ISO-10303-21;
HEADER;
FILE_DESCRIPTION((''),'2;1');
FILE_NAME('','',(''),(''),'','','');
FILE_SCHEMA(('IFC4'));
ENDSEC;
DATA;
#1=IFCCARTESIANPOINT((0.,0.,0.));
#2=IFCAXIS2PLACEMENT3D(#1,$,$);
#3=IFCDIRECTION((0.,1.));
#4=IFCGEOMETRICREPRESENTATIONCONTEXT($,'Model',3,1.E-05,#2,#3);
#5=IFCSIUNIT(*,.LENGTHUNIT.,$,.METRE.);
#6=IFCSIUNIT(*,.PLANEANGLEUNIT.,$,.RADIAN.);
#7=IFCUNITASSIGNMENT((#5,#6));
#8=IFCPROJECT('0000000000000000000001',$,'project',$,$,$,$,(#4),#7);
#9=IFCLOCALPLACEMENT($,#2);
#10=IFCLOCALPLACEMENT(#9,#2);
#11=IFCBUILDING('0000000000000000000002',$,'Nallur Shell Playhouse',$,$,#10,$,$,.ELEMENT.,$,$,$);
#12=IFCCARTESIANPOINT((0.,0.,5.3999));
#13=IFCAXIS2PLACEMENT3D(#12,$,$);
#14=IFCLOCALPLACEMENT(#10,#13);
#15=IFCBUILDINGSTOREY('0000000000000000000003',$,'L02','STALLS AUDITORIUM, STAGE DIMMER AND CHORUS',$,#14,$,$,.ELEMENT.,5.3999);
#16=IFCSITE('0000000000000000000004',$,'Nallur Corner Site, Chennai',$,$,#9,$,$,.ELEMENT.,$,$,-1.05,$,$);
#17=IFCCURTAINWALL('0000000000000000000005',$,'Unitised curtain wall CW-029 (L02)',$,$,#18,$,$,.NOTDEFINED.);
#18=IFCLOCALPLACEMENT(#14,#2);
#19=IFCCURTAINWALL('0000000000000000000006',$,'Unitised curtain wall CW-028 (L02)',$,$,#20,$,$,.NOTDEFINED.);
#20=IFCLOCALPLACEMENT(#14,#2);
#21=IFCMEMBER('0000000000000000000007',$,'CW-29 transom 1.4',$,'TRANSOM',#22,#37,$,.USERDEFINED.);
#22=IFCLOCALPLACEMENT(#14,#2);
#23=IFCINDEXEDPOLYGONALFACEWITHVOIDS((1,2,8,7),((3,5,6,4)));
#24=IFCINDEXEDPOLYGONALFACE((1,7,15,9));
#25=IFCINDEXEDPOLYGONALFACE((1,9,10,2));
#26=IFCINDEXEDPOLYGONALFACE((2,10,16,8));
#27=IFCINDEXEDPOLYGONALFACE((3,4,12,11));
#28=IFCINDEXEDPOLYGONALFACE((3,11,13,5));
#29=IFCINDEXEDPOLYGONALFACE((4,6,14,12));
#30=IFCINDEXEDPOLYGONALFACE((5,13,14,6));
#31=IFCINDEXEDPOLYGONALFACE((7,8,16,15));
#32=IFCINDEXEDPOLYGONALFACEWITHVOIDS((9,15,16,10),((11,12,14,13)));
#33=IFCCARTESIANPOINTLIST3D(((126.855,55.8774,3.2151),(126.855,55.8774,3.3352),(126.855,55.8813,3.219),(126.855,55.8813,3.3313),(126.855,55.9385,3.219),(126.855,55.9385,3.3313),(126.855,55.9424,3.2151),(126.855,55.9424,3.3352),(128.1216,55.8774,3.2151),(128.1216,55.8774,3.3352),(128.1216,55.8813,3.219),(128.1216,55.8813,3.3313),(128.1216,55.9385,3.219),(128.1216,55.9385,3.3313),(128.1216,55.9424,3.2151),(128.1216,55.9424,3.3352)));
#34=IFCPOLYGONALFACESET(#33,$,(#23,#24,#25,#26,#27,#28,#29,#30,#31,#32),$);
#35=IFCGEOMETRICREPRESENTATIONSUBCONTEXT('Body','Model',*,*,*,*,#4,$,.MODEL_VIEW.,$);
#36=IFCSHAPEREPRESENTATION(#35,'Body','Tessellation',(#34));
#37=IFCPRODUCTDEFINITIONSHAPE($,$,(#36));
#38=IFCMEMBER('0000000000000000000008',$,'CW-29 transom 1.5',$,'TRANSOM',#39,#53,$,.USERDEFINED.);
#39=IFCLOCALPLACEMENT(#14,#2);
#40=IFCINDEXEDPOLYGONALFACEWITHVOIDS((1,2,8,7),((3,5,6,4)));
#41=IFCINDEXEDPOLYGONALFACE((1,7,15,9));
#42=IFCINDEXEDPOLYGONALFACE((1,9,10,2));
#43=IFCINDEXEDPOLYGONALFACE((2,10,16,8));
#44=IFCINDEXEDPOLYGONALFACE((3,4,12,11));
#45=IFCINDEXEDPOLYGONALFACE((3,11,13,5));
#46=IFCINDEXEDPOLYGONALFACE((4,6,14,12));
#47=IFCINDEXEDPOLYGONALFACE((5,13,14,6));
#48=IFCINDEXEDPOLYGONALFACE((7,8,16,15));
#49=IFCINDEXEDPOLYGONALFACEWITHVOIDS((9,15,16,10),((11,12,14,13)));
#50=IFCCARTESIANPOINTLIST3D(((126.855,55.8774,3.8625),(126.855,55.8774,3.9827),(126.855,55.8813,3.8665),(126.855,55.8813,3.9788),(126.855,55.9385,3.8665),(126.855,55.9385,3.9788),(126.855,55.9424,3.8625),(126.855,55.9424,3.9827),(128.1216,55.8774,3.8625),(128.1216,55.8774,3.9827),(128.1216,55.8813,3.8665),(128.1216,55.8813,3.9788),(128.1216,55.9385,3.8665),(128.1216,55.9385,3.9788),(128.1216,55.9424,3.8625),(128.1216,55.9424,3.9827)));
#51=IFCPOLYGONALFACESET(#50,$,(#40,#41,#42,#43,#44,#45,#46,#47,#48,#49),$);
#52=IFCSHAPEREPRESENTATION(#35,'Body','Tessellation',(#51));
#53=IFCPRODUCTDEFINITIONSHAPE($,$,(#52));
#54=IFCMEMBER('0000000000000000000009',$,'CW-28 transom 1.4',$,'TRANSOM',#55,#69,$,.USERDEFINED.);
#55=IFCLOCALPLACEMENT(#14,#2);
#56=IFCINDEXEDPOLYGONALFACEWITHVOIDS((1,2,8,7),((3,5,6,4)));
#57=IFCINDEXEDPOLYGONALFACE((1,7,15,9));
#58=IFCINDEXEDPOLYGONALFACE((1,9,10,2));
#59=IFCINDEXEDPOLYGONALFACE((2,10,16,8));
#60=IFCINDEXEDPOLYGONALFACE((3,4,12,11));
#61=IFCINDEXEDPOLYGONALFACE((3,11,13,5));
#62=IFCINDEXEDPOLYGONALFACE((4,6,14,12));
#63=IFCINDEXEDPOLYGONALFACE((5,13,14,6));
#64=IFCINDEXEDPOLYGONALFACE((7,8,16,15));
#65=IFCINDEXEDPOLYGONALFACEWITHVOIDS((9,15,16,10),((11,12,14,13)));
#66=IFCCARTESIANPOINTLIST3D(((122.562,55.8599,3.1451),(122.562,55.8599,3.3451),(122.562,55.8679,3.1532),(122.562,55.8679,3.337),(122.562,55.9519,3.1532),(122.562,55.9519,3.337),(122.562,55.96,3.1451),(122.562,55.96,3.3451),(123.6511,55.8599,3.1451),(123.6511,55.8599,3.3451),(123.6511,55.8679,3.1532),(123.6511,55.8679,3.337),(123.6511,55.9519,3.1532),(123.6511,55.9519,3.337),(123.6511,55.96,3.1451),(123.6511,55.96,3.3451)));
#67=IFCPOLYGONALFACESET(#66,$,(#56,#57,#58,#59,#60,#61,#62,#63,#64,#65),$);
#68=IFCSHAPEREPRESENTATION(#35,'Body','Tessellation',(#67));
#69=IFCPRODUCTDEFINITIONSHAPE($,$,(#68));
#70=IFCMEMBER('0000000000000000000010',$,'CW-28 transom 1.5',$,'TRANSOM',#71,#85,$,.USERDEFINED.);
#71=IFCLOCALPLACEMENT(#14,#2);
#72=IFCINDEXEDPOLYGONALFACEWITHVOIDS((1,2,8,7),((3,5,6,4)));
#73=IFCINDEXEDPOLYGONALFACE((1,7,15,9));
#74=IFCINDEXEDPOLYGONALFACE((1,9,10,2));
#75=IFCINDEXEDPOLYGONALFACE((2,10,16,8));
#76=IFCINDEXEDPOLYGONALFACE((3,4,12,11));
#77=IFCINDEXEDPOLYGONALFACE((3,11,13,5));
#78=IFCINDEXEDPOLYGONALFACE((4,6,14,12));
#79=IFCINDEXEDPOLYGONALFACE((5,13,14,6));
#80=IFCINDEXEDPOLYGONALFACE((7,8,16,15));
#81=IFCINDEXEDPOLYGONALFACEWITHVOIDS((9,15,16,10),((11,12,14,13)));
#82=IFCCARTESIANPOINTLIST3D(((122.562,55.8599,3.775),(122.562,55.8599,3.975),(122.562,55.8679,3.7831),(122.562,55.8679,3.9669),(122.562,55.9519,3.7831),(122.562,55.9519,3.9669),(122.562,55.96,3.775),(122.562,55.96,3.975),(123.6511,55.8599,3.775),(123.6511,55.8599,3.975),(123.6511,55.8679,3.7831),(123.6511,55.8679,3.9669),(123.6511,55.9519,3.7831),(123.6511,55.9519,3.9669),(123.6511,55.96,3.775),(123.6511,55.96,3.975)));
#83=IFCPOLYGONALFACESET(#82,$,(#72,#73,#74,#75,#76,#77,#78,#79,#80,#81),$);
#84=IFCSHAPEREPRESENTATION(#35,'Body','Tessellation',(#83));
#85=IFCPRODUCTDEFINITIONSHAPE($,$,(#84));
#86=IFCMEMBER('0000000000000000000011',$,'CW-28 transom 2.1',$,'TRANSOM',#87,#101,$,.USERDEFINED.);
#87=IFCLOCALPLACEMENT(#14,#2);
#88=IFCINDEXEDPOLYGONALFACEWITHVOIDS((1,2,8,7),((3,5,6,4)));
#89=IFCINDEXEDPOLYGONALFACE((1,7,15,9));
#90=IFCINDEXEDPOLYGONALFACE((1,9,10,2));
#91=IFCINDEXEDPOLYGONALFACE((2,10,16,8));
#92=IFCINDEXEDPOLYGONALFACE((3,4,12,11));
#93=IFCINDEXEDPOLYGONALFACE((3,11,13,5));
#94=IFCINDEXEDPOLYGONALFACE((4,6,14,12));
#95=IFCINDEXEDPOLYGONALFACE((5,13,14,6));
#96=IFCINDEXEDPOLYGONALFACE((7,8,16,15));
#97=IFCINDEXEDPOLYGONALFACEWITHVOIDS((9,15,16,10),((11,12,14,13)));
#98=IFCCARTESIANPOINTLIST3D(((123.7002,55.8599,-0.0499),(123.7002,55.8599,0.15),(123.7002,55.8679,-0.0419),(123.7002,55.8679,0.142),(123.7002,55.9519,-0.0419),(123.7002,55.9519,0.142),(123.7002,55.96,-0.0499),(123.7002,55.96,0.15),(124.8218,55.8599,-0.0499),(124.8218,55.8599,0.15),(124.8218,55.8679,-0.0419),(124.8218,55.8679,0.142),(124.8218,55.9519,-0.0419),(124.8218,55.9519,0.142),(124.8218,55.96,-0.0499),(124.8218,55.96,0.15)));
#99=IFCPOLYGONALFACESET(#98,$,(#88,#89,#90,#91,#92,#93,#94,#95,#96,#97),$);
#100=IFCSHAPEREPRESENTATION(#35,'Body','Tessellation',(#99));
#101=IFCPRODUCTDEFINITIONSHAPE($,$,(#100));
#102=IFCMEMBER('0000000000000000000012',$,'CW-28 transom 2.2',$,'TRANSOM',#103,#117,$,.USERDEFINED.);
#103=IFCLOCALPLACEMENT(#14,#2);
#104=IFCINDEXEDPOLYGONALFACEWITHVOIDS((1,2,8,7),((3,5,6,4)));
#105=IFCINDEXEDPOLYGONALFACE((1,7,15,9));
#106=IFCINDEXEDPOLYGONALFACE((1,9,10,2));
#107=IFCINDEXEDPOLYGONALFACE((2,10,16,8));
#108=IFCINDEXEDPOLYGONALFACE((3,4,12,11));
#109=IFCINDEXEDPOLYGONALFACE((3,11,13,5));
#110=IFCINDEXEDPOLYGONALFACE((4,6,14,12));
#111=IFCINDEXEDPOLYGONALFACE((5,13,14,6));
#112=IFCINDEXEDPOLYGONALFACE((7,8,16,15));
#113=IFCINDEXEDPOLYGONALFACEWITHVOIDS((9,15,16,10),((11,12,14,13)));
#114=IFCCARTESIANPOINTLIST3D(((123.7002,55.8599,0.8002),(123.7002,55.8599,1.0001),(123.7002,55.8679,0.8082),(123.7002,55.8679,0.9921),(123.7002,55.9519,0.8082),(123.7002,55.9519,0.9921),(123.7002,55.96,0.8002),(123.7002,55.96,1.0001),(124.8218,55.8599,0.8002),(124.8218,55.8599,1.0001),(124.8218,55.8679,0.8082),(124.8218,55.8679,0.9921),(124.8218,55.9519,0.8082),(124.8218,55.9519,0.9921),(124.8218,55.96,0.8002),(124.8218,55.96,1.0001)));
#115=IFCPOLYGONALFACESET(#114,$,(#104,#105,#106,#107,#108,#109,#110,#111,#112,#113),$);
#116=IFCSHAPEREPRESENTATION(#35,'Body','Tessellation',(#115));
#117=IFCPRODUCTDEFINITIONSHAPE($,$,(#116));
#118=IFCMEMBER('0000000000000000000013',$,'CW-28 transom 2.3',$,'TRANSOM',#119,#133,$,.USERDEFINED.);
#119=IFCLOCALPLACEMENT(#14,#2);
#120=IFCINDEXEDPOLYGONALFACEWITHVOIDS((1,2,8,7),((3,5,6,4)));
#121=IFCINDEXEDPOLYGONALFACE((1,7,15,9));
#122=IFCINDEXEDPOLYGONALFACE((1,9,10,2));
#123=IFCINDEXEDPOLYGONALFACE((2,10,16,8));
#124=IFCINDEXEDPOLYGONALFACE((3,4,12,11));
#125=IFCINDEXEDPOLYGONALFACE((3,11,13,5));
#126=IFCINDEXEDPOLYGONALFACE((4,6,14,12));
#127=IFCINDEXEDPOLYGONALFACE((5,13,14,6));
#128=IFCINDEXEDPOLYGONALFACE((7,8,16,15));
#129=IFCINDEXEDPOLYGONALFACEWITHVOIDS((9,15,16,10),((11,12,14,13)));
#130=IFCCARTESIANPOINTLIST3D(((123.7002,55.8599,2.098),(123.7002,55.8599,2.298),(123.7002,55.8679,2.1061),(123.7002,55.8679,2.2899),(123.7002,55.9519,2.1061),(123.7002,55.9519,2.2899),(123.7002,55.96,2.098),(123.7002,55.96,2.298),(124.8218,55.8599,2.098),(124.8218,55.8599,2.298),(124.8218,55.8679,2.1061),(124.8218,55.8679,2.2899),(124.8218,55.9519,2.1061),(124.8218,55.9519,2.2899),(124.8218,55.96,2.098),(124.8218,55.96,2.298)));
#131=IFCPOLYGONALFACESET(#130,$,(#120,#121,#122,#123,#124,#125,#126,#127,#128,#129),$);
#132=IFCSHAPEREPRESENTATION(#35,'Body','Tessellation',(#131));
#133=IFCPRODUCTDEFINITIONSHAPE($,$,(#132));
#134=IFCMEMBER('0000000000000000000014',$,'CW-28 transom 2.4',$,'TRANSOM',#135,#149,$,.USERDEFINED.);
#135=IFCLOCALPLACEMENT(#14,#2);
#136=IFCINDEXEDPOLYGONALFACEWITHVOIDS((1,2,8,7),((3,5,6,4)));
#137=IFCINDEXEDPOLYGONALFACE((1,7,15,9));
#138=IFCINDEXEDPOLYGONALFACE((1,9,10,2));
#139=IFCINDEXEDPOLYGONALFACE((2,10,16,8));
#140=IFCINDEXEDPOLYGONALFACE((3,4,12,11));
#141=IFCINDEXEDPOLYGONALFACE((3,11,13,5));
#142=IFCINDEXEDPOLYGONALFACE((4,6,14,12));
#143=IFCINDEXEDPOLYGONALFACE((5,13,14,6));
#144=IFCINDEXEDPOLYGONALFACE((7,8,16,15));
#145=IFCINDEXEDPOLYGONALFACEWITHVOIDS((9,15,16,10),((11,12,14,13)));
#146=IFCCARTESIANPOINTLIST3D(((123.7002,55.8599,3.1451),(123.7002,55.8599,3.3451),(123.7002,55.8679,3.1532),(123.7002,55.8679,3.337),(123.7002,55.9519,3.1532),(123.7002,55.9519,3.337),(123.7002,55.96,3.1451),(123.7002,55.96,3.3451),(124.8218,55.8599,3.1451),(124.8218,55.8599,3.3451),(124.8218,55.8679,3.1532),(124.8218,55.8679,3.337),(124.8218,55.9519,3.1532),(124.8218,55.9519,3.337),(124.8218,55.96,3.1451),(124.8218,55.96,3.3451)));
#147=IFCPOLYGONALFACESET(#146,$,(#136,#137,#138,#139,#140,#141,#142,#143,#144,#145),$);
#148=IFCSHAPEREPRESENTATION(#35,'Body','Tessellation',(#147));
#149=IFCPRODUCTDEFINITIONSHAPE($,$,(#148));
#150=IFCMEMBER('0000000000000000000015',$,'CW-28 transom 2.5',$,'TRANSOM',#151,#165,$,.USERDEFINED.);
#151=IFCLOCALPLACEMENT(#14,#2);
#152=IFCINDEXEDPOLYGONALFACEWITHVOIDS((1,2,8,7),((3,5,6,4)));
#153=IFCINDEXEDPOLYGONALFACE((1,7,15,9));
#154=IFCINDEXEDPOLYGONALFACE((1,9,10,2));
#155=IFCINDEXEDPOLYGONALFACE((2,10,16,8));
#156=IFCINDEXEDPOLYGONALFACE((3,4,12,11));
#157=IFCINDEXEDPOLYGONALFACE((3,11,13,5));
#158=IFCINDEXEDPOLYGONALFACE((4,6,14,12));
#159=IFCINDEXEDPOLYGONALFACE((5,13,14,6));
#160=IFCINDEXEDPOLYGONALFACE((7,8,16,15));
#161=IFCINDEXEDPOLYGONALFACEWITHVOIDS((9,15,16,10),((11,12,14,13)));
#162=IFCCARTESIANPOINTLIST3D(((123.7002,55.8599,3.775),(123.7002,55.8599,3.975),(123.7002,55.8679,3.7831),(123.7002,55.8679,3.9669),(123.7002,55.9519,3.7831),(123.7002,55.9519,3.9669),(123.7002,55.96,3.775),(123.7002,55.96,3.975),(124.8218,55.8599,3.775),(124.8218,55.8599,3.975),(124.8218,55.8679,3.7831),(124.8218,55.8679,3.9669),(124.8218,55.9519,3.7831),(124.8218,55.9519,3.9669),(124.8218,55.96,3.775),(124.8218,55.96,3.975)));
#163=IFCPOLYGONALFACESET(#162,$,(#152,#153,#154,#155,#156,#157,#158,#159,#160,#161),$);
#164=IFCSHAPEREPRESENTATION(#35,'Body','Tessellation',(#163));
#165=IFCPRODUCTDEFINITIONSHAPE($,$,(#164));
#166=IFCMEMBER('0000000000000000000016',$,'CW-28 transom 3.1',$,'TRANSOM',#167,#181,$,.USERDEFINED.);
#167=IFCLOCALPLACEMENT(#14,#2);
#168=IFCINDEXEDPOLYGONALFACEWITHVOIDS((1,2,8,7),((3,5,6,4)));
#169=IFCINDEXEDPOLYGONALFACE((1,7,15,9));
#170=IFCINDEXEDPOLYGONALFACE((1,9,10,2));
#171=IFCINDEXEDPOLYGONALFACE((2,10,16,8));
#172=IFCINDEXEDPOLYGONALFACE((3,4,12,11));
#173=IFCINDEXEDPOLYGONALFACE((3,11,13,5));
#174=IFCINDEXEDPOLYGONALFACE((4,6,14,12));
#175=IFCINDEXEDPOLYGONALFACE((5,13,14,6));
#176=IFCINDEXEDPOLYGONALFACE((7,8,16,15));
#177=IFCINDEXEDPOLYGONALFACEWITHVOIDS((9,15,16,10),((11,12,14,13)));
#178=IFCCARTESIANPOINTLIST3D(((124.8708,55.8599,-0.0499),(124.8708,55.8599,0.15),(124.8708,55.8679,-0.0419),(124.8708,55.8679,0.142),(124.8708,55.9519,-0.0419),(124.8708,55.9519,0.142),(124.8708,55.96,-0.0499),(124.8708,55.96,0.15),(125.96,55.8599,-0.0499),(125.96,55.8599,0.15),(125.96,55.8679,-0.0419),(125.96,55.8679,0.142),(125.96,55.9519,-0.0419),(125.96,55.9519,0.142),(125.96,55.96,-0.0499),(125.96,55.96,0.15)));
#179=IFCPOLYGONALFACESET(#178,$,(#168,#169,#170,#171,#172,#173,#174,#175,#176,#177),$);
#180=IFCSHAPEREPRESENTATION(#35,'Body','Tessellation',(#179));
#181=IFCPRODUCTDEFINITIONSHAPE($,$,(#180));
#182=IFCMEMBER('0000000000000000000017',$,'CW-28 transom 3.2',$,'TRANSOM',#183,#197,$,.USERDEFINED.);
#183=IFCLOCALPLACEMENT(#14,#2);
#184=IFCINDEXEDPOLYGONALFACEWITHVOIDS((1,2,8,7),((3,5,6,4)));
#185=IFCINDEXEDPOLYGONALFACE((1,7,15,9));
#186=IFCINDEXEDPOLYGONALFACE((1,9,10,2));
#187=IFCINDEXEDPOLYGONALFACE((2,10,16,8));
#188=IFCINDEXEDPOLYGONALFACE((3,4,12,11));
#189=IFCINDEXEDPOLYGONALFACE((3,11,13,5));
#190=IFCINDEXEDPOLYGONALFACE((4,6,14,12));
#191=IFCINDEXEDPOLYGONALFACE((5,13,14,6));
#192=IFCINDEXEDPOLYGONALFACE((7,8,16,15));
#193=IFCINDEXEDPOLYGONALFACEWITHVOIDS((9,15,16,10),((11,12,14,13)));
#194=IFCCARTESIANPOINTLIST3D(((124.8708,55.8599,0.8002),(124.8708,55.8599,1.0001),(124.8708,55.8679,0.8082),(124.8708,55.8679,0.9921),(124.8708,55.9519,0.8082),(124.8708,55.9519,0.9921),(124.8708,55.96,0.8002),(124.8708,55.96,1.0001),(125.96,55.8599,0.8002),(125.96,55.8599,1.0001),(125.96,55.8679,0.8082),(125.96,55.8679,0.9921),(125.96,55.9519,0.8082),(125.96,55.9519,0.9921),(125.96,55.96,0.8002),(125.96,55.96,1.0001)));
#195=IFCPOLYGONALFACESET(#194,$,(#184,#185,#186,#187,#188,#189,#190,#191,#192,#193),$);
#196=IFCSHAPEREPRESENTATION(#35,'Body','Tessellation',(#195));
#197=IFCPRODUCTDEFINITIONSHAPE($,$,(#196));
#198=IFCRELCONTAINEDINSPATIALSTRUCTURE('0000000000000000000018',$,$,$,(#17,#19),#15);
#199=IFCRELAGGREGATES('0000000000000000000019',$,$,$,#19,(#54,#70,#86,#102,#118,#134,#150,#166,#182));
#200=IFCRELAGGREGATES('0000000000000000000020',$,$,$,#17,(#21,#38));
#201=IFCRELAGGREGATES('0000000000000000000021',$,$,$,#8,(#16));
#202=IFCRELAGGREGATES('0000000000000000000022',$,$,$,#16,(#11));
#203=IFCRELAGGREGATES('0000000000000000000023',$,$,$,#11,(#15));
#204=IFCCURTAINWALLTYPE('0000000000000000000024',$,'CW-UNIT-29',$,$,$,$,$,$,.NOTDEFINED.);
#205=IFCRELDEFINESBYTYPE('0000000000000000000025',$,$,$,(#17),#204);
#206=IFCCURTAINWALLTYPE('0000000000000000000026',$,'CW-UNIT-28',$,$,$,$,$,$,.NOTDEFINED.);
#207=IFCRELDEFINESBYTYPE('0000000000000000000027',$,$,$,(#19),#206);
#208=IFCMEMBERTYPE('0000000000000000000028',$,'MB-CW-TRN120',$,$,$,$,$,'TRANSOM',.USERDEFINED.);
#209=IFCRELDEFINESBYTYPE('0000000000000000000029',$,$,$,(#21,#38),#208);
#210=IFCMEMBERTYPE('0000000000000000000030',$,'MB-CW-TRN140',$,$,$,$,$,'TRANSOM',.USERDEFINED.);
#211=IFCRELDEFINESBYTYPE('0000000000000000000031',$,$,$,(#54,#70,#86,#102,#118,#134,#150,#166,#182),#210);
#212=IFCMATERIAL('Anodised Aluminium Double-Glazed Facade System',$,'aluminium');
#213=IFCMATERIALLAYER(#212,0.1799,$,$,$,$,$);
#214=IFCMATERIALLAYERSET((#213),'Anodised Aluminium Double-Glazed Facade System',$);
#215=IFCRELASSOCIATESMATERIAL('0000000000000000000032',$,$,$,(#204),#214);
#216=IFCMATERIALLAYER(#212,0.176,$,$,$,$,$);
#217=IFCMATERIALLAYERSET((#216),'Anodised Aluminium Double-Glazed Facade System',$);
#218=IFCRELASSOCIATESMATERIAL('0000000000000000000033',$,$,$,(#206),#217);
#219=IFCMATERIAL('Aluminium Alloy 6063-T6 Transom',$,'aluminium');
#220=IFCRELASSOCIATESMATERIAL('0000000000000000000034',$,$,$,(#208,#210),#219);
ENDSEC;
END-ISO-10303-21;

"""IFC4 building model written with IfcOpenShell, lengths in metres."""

from ifc_helpers import new_model, si_unit, direction, frame, origin, origin_2d, place, context, subcontext, project, spatial, hollow_rectangle, extrude, material, layer, layer_set, material_profile, profile_set, type_object, element, aggregate, save


model = new_model("IFC4")

# Units and contexts
model_context = context("Model", 3, precision=1e-05, world=origin(), true_north=direction((0.0, 1.0)))
body_context = subcontext(model_context, "Body", "Model", "MODEL_VIEW")
ifc_project = project(units=[si_unit("LENGTHUNIT", "METRE"), si_unit("PLANEANGLEUNIT", "RADIAN")], contexts=[model_context])

# Site, building, storey
site_placement = place(None, origin())
site = spatial("IfcSite", under=ifc_project, at=site_placement, Name="Nallur Corner Site, Chennai", CompositionType="ELEMENT", RefElevation=-1.05)
building_placement = place(site_placement, origin())
building = spatial("IfcBuilding", under=site, at=building_placement, Name="Nallur Shell Playhouse", CompositionType="ELEMENT")
storey_placement = place(building_placement, frame((0.0, 0.0, 5.3999)))
storey = spatial("IfcBuildingStorey", under=building, at=storey_placement, Name="L02", Description="STALLS AUDITORIUM, STAGE DIMMER AND CHORUS", CompositionType="ELEMENT", Elevation=5.3999)

# Curtain wall
ifc_material_1 = material(Name="Anodised Aluminium Double-Glazed Facade System", Category="aluminium")
ifc_layer_1 = layer(ifc_material_1, 0.1799)
ifc_layer_set_1 = layer_set([ifc_layer_1], Name="Anodised Aluminium Double-Glazed Facade System")
curtain_wall_type_1 = type_object("IfcCurtainWallType", Name="CW-UNIT-29", PredefinedType="NOTDEFINED", material=ifc_layer_set_1)
curtain_wall_1_placement = place(storey_placement, origin())
curtain_wall_1 = element("IfcCurtainWall", 1, at=curtain_wall_1_placement, inside=storey, type_object=curtain_wall_type_1, Name="Unitised curtain wall CW-029 (L02)", PredefinedType="NOTDEFINED")

# Curtain wall
ifc_layer_2 = layer(ifc_material_1, 0.176)
ifc_layer_set_2 = layer_set([ifc_layer_2], Name="Anodised Aluminium Double-Glazed Facade System")
curtain_wall_type_2 = type_object("IfcCurtainWallType", Name="CW-UNIT-28", PredefinedType="NOTDEFINED", material=ifc_layer_set_2)
curtain_wall_2_placement = place(storey_placement, origin())
curtain_wall_2 = element("IfcCurtainWall", 2, at=curtain_wall_2_placement, inside=storey, type_object=curtain_wall_type_2, Name="Unitised curtain wall CW-028 (L02)", PredefinedType="NOTDEFINED")

# Members
ifc_material_2 = material(Name="Aluminium Alloy 6063-T6 Transom", Category="aluminium")
ifc_material_profile_1 = material_profile(ifc_material_2, hollow_rectangle(XDim=0.0649, YDim=0.1201, WallThickness=0.0039, at=origin_2d()), Name="ALU 65x120x4")
ifc_profile_set_1 = profile_set([ifc_material_profile_1], Name="Aluminium Alloy 6063-T6 Transom")
member_type_1 = type_object("IfcMemberType", Name="MB-CW-TRN120", ElementType="TRANSOM", PredefinedType="USERDEFINED", material=ifc_profile_set_1)
member_1_placement = place(storey_placement, frame((126.855, 55.9099, 3.2751), z_axis=(1.0, 0.0, 0.0), x_axis=(0.0, 1.0, 0.0)))
member_1 = element("IfcMember", 3, at=member_1_placement, type_object=member_type_1, Name="CW-29 transom 1.4", ObjectType="TRANSOM", PredefinedType="USERDEFINED", context=body_context, shape_type="SweptSolid", body=[
    extrude(hollow_rectangle(XDim=0.0649, YDim=0.1201, WallThickness=0.0039, at=origin_2d()), origin(), (0.0, 0.0, 1.0), 1.2666),
])
member_2_placement = place(storey_placement, frame((126.855, 55.9099, 3.9226), z_axis=(1.0, 0.0, 0.0), x_axis=(0.0, 1.0, 0.0)))
member_2 = element("IfcMember", 4, at=member_2_placement, type_object=member_type_1, Name="CW-29 transom 1.5", ObjectType="TRANSOM", PredefinedType="USERDEFINED", context=body_context, shape_type="SweptSolid", body=[
    extrude(hollow_rectangle(XDim=0.0649, YDim=0.1201, WallThickness=0.0039, at=origin_2d()), origin(), (0.0, 0.0, 1.0), 1.2666),
])
ifc_material_profile_2 = material_profile(ifc_material_2, hollow_rectangle(XDim=0.1001, YDim=0.2, WallThickness=0.0081, at=origin_2d()), Name="RHS 200x100x8")
ifc_profile_set_2 = profile_set([ifc_material_profile_2], Name="Aluminium Alloy 6063-T6 Transom")
member_type_2 = type_object("IfcMemberType", Name="MB-CW-TRN140", ElementType="TRANSOM", PredefinedType="USERDEFINED", material=ifc_profile_set_2)
member_3_placement = place(storey_placement, frame((122.562, 55.9099, 3.2451), z_axis=(1.0, 0.0, 0.0), x_axis=(0.0, 1.0, 0.0)))
member_3 = element("IfcMember", 5, at=member_3_placement, type_object=member_type_2, Name="CW-28 transom 1.4", ObjectType="TRANSOM", PredefinedType="USERDEFINED", context=body_context, shape_type="SweptSolid", body=[
    extrude(hollow_rectangle(XDim=0.1001, YDim=0.2, WallThickness=0.0081, at=origin_2d()), origin(), (0.0, 0.0, 1.0), 1.0891),
])
member_4_placement = place(storey_placement, frame((122.562, 55.9099, 3.875), z_axis=(1.0, 0.0, 0.0), x_axis=(0.0, 1.0, 0.0)))
member_4 = element("IfcMember", 6, at=member_4_placement, type_object=member_type_2, Name="CW-28 transom 1.5", ObjectType="TRANSOM", PredefinedType="USERDEFINED", context=body_context, shape_type="SweptSolid", body=[
    extrude(hollow_rectangle(XDim=0.1001, YDim=0.2, WallThickness=0.0081, at=origin_2d()), origin(), (0.0, 0.0, 1.0), 1.0891),
])
member_5_placement = place(storey_placement, frame((123.7002, 55.9099, 0.05), z_axis=(1.0, 0.0, 0.0), x_axis=(0.0, 1.0, 0.0)))
member_5 = element("IfcMember", 7, at=member_5_placement, type_object=member_type_2, Name="CW-28 transom 2.1", ObjectType="TRANSOM", PredefinedType="USERDEFINED", context=body_context, shape_type="SweptSolid", body=[
    extrude(hollow_rectangle(XDim=0.1001, YDim=0.2, WallThickness=0.0081, at=origin_2d()), origin(), (0.0, 0.0, 1.0), 1.1216),
])
member_6_placement = place(storey_placement, frame((123.7002, 55.9099, 0.9001), z_axis=(1.0, 0.0, 0.0), x_axis=(0.0, 1.0, 0.0)))
member_6 = element("IfcMember", 8, at=member_6_placement, type_object=member_type_2, Name="CW-28 transom 2.2", ObjectType="TRANSOM", PredefinedType="USERDEFINED", context=body_context, shape_type="SweptSolid", body=[
    extrude(hollow_rectangle(XDim=0.1001, YDim=0.2, WallThickness=0.0081, at=origin_2d()), origin(), (0.0, 0.0, 1.0), 1.1216),
])
member_7_placement = place(storey_placement, frame((123.7002, 55.9099, 2.198), z_axis=(1.0, 0.0, 0.0), x_axis=(0.0, 1.0, 0.0)))
member_7 = element("IfcMember", 9, at=member_7_placement, type_object=member_type_2, Name="CW-28 transom 2.3", ObjectType="TRANSOM", PredefinedType="USERDEFINED", context=body_context, shape_type="SweptSolid", body=[
    extrude(hollow_rectangle(XDim=0.1001, YDim=0.2, WallThickness=0.0081, at=origin_2d()), origin(), (0.0, 0.0, 1.0), 1.1216),
])
member_8_placement = place(storey_placement, frame((123.7002, 55.9099, 3.2451), z_axis=(1.0, 0.0, 0.0), x_axis=(0.0, 1.0, 0.0)))
member_8 = element("IfcMember", 10, at=member_8_placement, type_object=member_type_2, Name="CW-28 transom 2.4", ObjectType="TRANSOM", PredefinedType="USERDEFINED", context=body_context, shape_type="SweptSolid", body=[
    extrude(hollow_rectangle(XDim=0.1001, YDim=0.2, WallThickness=0.0081, at=origin_2d()), origin(), (0.0, 0.0, 1.0), 1.1216),
])
member_9_placement = place(storey_placement, frame((123.7002, 55.9099, 3.875), z_axis=(1.0, 0.0, 0.0), x_axis=(0.0, 1.0, 0.0)))
member_9 = element("IfcMember", 11, at=member_9_placement, type_object=member_type_2, Name="CW-28 transom 2.5", ObjectType="TRANSOM", PredefinedType="USERDEFINED", context=body_context, shape_type="SweptSolid", body=[
    extrude(hollow_rectangle(XDim=0.1001, YDim=0.2, WallThickness=0.0081, at=origin_2d()), origin(), (0.0, 0.0, 1.0), 1.1216),
])
member_10_placement = place(storey_placement, frame((124.8708, 55.9099, 0.05), z_axis=(1.0, 0.0, 0.0), x_axis=(0.0, 1.0, 0.0)))
member_10 = element("IfcMember", 12, at=member_10_placement, type_object=member_type_2, Name="CW-28 transom 3.1", ObjectType="TRANSOM", PredefinedType="USERDEFINED", context=body_context, shape_type="SweptSolid", body=[
    extrude(hollow_rectangle(XDim=0.1001, YDim=0.2, WallThickness=0.0081, at=origin_2d()), origin(), (0.0, 0.0, 1.0), 1.0891),
])
member_11_placement = place(storey_placement, frame((124.8708, 55.9099, 0.9001), z_axis=(1.0, 0.0, 0.0), x_axis=(0.0, 1.0, 0.0)))
member_11 = element("IfcMember", 13, at=member_11_placement, type_object=member_type_2, Name="CW-28 transom 3.2", ObjectType="TRANSOM", PredefinedType="USERDEFINED", context=body_context, shape_type="SweptSolid", body=[
    extrude(hollow_rectangle(XDim=0.1001, YDim=0.2, WallThickness=0.0081, at=origin_2d()), origin(), (0.0, 0.0, 1.0), 1.0891),
])

aggregate(curtain_wall_2, [member_3, member_4, member_5, member_6, member_7, member_8, member_9, member_10, member_11])
aggregate(curtain_wall_1, [member_1, member_2])

save(model, "model.ifc")
